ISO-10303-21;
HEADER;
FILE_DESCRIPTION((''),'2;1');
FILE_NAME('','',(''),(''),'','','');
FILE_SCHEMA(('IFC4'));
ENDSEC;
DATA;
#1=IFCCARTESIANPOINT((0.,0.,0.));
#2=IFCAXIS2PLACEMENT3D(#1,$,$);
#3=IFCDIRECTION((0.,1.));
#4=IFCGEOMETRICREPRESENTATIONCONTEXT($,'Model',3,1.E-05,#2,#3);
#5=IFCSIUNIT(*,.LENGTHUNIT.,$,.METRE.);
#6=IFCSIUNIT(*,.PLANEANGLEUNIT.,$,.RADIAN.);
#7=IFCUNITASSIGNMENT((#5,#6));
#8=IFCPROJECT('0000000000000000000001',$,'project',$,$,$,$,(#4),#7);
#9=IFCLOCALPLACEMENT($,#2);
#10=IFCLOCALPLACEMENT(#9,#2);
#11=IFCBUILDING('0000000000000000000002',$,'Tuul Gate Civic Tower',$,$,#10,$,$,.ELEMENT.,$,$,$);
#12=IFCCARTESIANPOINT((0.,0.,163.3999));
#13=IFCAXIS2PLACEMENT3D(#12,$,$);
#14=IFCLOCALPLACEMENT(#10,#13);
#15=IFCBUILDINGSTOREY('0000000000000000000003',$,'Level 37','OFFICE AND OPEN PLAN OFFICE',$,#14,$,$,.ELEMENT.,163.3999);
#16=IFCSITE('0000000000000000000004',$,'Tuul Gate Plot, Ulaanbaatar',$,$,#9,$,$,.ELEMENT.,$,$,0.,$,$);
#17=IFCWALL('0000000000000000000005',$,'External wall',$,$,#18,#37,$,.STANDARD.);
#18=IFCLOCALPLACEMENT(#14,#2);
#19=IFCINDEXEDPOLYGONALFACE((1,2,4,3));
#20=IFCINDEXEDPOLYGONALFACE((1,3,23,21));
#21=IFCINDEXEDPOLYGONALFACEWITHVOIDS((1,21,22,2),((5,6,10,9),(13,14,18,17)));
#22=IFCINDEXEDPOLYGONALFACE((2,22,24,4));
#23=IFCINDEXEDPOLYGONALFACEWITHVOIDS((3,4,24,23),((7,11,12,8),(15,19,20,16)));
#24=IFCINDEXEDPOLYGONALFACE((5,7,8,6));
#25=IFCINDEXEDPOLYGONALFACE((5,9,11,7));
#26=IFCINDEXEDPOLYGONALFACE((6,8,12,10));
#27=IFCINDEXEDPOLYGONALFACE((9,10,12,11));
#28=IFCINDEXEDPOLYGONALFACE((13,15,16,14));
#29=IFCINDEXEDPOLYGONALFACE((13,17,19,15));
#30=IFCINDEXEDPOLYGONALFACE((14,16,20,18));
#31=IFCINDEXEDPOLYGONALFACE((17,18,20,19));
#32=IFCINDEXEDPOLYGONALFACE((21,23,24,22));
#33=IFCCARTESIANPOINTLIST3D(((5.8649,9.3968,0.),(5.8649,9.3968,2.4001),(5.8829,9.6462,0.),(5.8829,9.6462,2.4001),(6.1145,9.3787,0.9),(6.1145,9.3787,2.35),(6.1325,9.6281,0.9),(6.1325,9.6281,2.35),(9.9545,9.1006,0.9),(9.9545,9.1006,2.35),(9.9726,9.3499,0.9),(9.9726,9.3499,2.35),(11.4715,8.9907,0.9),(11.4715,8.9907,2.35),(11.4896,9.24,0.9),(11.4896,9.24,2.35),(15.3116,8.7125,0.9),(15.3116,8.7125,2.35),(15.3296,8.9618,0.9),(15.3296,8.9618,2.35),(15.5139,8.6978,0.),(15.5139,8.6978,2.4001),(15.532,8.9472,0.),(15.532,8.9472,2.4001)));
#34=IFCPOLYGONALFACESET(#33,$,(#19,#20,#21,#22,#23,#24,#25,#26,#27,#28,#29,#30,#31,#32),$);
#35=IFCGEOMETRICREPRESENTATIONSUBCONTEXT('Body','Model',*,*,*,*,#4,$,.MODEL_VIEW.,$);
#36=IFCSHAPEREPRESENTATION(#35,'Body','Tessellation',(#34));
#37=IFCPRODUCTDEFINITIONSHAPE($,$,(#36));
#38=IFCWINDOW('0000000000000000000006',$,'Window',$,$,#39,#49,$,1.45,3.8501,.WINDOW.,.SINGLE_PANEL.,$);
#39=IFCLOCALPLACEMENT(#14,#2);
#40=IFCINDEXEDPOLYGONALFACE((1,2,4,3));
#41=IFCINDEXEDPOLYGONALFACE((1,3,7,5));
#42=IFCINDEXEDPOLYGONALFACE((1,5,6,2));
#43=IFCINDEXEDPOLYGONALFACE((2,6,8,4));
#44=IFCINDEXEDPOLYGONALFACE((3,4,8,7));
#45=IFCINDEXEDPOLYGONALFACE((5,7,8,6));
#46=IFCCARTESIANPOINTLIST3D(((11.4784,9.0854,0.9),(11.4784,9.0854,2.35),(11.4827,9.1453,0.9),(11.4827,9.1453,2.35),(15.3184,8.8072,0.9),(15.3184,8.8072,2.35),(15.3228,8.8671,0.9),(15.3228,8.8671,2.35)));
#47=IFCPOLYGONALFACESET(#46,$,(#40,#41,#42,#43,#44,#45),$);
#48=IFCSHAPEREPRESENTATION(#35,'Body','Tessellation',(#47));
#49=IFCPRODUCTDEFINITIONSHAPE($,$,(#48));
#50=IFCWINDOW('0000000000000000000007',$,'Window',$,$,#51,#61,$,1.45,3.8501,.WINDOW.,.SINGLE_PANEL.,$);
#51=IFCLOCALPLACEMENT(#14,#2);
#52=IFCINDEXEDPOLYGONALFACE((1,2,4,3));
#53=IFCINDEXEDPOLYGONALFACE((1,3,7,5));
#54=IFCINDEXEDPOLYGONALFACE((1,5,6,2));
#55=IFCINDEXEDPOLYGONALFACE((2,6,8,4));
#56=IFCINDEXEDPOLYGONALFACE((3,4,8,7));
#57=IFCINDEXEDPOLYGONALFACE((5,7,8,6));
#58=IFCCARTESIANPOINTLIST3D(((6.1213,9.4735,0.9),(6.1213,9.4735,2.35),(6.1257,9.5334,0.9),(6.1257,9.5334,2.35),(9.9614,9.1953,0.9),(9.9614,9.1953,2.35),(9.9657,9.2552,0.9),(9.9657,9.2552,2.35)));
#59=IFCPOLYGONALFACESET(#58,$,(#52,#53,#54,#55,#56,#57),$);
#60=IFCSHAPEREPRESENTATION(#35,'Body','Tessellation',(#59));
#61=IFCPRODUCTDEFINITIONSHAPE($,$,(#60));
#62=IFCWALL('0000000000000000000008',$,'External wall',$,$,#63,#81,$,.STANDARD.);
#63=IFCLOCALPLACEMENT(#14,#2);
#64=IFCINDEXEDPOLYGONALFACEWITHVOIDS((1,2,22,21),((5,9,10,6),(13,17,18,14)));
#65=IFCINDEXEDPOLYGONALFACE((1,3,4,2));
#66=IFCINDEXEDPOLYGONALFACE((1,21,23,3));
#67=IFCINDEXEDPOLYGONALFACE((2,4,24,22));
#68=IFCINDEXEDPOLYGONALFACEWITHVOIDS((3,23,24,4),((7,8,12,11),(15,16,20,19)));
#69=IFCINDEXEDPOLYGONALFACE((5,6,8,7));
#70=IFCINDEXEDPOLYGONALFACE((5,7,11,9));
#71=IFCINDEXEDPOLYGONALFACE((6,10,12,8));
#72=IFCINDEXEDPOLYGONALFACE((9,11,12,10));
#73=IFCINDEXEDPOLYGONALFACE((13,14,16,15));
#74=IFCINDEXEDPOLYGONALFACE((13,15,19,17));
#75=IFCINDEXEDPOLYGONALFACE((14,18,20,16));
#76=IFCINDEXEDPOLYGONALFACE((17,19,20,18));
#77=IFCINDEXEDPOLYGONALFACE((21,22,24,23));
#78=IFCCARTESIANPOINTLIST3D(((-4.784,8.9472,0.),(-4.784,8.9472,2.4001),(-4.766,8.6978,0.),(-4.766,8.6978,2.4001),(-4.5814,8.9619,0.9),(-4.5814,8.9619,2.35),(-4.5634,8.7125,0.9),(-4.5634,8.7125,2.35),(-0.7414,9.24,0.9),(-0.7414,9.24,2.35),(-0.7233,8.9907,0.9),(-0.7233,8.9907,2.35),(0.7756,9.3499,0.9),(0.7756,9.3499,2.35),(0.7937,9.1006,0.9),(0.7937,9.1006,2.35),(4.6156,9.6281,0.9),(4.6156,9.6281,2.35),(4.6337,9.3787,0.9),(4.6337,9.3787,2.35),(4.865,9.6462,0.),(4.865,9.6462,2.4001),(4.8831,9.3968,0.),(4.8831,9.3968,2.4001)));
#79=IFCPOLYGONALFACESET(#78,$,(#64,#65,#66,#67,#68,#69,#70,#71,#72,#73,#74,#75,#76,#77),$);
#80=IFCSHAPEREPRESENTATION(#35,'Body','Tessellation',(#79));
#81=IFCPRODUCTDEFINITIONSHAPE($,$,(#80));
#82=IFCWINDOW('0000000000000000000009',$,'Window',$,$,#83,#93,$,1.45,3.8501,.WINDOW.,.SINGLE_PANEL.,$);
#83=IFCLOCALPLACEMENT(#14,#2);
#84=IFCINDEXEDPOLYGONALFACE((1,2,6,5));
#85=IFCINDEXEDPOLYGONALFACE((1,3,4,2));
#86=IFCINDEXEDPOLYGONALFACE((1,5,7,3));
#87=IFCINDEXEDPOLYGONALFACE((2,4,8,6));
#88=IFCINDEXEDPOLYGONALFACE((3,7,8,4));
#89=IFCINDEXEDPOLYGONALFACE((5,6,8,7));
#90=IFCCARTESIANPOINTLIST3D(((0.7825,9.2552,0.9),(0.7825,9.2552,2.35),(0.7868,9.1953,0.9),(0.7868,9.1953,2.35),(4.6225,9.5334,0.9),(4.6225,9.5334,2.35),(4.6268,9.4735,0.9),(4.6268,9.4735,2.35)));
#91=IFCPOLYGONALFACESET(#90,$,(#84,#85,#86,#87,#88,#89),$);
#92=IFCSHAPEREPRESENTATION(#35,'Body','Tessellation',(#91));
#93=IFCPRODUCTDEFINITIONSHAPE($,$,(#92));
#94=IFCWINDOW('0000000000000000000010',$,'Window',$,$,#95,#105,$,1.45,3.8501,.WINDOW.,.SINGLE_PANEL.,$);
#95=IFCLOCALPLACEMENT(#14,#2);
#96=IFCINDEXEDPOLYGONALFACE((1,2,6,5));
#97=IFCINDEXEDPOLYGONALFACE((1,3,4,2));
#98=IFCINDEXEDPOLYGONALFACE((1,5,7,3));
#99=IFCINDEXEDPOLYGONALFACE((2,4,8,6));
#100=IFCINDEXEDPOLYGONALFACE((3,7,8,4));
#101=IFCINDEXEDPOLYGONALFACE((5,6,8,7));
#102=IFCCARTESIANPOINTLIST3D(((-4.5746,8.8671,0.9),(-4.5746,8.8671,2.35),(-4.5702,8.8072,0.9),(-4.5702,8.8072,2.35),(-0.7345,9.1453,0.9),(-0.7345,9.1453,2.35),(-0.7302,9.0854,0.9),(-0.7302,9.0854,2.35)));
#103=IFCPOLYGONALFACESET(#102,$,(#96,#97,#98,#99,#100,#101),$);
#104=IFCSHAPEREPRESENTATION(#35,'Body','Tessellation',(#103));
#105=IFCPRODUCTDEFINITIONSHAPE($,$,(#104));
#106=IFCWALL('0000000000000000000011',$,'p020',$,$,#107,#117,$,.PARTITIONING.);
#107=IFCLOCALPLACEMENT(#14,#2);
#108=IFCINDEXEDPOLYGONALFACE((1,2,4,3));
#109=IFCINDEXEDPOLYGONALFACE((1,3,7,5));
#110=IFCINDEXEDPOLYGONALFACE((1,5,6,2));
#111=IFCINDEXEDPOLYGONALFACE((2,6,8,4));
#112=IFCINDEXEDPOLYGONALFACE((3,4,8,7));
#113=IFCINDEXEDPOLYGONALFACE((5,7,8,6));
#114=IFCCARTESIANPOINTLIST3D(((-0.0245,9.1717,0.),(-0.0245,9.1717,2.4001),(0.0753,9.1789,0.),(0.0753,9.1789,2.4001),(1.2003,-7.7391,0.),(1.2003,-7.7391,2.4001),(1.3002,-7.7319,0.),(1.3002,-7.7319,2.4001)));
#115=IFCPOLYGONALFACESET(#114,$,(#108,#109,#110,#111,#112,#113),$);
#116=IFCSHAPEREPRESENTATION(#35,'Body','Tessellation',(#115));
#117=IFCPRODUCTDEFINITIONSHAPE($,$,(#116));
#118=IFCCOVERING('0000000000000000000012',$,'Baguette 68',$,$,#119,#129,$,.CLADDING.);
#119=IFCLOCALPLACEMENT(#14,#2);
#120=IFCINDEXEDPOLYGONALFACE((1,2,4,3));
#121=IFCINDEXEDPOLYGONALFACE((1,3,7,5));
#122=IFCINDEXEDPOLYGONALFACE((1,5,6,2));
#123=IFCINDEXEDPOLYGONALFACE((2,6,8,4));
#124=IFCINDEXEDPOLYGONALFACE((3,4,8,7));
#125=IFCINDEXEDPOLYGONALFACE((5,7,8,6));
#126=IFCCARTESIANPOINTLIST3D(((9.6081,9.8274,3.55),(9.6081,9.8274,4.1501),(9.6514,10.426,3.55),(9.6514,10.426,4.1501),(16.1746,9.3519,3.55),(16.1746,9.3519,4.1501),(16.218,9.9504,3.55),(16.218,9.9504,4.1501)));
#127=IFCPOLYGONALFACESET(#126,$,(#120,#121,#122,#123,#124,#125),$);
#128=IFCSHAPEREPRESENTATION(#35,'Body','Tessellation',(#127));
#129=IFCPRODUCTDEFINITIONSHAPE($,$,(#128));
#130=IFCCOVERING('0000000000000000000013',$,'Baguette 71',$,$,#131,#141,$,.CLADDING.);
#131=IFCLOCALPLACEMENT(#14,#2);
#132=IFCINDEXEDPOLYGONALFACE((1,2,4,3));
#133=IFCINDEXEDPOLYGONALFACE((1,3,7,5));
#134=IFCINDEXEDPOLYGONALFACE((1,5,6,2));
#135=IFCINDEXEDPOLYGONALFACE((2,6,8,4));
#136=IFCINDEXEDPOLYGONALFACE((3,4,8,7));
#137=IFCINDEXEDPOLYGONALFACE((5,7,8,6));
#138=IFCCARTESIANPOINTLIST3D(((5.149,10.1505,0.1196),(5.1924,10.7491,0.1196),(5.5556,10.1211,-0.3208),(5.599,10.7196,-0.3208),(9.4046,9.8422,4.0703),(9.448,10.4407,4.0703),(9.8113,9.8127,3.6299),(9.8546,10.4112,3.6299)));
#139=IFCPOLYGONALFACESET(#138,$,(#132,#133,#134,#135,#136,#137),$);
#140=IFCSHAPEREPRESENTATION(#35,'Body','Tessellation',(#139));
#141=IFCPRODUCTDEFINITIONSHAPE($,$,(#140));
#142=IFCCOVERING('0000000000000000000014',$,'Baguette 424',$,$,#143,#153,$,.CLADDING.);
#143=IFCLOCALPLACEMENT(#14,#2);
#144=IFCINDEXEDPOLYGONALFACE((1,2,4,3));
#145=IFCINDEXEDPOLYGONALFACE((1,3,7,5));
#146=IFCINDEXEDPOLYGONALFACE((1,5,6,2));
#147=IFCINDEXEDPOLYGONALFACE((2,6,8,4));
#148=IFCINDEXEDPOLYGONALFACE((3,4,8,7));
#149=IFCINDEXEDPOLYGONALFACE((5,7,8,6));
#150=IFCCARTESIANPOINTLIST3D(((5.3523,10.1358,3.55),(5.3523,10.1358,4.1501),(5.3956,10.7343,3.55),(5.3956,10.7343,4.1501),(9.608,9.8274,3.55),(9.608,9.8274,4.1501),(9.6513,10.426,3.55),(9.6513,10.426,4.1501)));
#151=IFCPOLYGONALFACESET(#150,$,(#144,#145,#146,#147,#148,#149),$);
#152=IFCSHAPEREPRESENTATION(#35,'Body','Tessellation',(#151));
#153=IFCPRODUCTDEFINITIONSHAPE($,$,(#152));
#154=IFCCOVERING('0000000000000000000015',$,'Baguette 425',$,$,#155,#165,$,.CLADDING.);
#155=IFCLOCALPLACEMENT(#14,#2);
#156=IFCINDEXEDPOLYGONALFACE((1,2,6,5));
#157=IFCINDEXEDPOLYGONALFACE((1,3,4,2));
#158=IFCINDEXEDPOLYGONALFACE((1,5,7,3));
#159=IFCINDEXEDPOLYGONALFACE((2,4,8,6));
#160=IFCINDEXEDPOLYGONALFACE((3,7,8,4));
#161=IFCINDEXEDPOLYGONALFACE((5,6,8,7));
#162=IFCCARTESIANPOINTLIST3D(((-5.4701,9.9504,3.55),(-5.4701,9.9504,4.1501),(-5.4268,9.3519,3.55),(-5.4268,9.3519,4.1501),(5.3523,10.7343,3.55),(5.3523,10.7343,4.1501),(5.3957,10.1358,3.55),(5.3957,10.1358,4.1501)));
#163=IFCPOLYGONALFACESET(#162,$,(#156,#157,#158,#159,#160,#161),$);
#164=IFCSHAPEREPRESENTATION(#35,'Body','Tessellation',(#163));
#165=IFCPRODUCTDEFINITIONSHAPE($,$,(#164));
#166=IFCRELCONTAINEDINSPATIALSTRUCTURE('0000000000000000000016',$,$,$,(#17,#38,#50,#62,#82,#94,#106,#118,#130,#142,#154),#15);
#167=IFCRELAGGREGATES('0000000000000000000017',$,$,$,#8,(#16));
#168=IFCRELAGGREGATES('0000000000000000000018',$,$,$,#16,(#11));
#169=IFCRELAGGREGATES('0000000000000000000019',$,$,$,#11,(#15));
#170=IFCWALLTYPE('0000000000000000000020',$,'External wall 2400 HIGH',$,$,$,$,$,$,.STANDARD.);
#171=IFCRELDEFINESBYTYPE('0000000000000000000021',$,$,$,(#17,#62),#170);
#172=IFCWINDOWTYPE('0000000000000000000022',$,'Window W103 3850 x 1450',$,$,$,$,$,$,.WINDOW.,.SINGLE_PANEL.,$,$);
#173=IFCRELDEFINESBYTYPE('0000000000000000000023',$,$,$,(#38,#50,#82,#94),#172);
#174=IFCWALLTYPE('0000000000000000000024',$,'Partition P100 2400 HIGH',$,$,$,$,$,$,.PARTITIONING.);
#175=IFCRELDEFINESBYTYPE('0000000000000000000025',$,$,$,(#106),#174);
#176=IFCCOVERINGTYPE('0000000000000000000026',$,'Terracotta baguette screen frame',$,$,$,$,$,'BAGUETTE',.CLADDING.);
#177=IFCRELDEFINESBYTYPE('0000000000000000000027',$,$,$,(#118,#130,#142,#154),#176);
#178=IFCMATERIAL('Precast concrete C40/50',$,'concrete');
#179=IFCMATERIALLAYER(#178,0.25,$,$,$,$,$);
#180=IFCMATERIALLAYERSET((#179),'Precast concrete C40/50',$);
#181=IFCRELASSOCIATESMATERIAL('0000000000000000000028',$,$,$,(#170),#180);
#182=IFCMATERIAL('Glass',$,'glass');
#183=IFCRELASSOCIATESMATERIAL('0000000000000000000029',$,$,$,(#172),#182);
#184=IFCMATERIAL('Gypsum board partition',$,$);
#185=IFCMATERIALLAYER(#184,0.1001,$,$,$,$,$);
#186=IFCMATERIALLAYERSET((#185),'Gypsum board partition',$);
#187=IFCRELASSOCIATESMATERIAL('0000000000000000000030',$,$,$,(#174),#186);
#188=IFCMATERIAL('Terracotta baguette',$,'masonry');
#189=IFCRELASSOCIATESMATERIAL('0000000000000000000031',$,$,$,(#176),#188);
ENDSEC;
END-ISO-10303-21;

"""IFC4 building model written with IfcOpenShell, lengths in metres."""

from ifc_helpers import new_model, si_unit, direction, frame, frame_2d, origin, origin_2d, place, context, subcontext, project, spatial, rectangle, extrude, material, layer, layer_set, material_profile, profile_set, type_object, element, fill, save


model = new_model("IFC4")

# Units and contexts
model_context = context("Model", 3, precision=1e-05, world=origin(), true_north=direction((0.0, 1.0)))
body_context = subcontext(model_context, "Body", "Model", "MODEL_VIEW")
ifc_project = project(units=[si_unit("LENGTHUNIT", "METRE"), si_unit("PLANEANGLEUNIT", "RADIAN")], contexts=[model_context])

# Site, building, storey
site_placement = place(None, origin())
site = spatial("IfcSite", under=ifc_project, at=site_placement, Name="Tuul Gate Plot, Ulaanbaatar", CompositionType="ELEMENT", RefElevation=0.0)
building_placement = place(site_placement, origin())
building = spatial("IfcBuilding", under=site, at=building_placement, Name="Tuul Gate Civic Tower", CompositionType="ELEMENT")
storey_placement = place(building_placement, frame((0.0, 0.0, 163.3999)))
storey = spatial("IfcBuildingStorey", under=building, at=storey_placement, Name="Level 37", Description="OFFICE AND OPEN PLAN OFFICE", CompositionType="ELEMENT", Elevation=163.3999)

# Walls, openings, windows
ifc_material_1 = material(Name="Precast concrete C40/50", Category="concrete")
ifc_layer_1 = layer(ifc_material_1, 0.25)
ifc_layer_set_1 = layer_set([ifc_layer_1], Name="Precast concrete C40/50")
wall_type_1 = type_object("IfcWallType", Name="External wall 2400 HIGH", PredefinedType="STANDARD", material=ifc_layer_set_1)
wall_1_placement = place(storey_placement, frame((15.5229, 8.8225, 0.0), z_axis=(0.0, 0.0, 1.0), x_axis=(-0.997386, 0.072251, 0.0)))
wall_1 = element("IfcWall", 1, at=wall_1_placement, inside=storey, type_object=wall_type_1, Name="External wall", PredefinedType="STANDARD", context=body_context, shape_type="SweptSolid", body=[
    extrude(rectangle(XDim=9.6743, YDim=0.25, at=frame_2d((4.8372, 0.0))), origin(), (0.0, 0.0, 1.0), 2.4001),
])
opening_1_placement = place(wall_1_placement, frame((0.2029, 0.0, 0.8999)))
opening_1 = element("IfcOpeningElement", 2, at=opening_1_placement, cuts=wall_1, PredefinedType="OPENING", context=body_context, shape_type="SweptSolid", body=[
    extrude(rectangle(XDim=3.8501, YDim=1.45, at=frame_2d((1.925, 0.7251))), frame((0.0, 0.135, 0.0), z_axis=(0.0, -1.0, 0.0), x_axis=(1.0, 0.0, 0.0)), (0.0, 0.0, 1.0), 0.27),
])
opening_2_placement = place(wall_1_placement, frame((5.574, 0.0, 0.8999)))
opening_2 = element("IfcOpeningElement", 3, at=opening_2_placement, cuts=wall_1, PredefinedType="OPENING", context=body_context, shape_type="SweptSolid", body=[
    extrude(rectangle(XDim=3.8501, YDim=1.45, at=frame_2d((1.925, 0.7251))), frame((0.0, 0.135, 0.0), z_axis=(0.0, -1.0, 0.0), x_axis=(1.0, 0.0, 0.0)), (0.0, 0.0, 1.0), 0.27),
])
ifc_material_2 = material(Name="Glass", Category="glass")
window_type = type_object("IfcWindowType", Name="Window W103 3850 x 1450", PartitioningType="SINGLE_PANEL", PredefinedType="WINDOW", material=ifc_material_2)
window_1_placement = place(opening_1_placement, origin())
window_1 = element("IfcWindow", 4, at=window_1_placement, inside=storey, type_object=window_type, Name="Window", OverallHeight=1.45, OverallWidth=3.8501, PartitioningType="SINGLE_PANEL", PredefinedType="WINDOW", context=body_context, shape_type="SweptSolid", body=[
    extrude(rectangle(XDim=3.8501, YDim=1.45, at=frame_2d((1.925, 0.7251))), frame((0.0, 0.03, 0.0), z_axis=(0.0, -1.0, 0.0), x_axis=(1.0, 0.0, 0.0)), (0.0, 0.0, 1.0), 0.0601),
])
fill(opening_1, window_1)
window_2_placement = place(opening_2_placement, origin())
window_2 = element("IfcWindow", 5, at=window_2_placement, inside=storey, type_object=window_type, Name="Window", OverallHeight=1.45, OverallWidth=3.8501, PartitioningType="SINGLE_PANEL", PredefinedType="WINDOW", context=body_context, shape_type="SweptSolid", body=[
    extrude(rectangle(XDim=3.8501, YDim=1.45, at=frame_2d((1.925, 0.7251))), frame((0.0, 0.03, 0.0), z_axis=(0.0, -1.0, 0.0), x_axis=(1.0, 0.0, 0.0)), (0.0, 0.0, 1.0), 0.0601),
])
fill(opening_2, window_2)
wall_2_placement = place(storey_placement, frame((4.874, 9.5215, 0.0), z_axis=(0.0, 0.0, 1.0), x_axis=(-0.997386, -0.072251, 0.0)))
wall_2 = element("IfcWall", 6, at=wall_2_placement, inside=storey, type_object=wall_type_1, Name="External wall", PredefinedType="STANDARD", context=body_context, shape_type="SweptSolid", body=[
    extrude(rectangle(XDim=9.6743, YDim=0.25, at=frame_2d((4.8372, 0.0))), origin(), (0.0, 0.0, 1.0), 2.4001),
])
opening_3_placement = place(wall_2_placement, frame((0.25, 0.0, 0.8999)))
opening_3 = element("IfcOpeningElement", 7, at=opening_3_placement, cuts=wall_2, PredefinedType="OPENING", context=body_context, shape_type="SweptSolid", body=[
    extrude(rectangle(XDim=3.8501, YDim=1.45, at=frame_2d((1.925, 0.7251))), frame((0.0, 0.135, 0.0), z_axis=(0.0, -1.0, 0.0), x_axis=(1.0, 0.0, 0.0)), (0.0, 0.0, 1.0), 0.27),
])
opening_4_placement = place(wall_2_placement, frame((5.6211, 0.0, 0.8999)))
opening_4 = element("IfcOpeningElement", 8, at=opening_4_placement, cuts=wall_2, PredefinedType="OPENING", context=body_context, shape_type="SweptSolid", body=[
    extrude(rectangle(XDim=3.8501, YDim=1.45, at=frame_2d((1.925, 0.7251))), frame((0.0, 0.135, 0.0), z_axis=(0.0, -1.0, 0.0), x_axis=(1.0, 0.0, 0.0)), (0.0, 0.0, 1.0), 0.27),
])
window_3_placement = place(opening_3_placement, origin())
window_3 = element("IfcWindow", 9, at=window_3_placement, inside=storey, type_object=window_type, Name="Window", OverallHeight=1.45, OverallWidth=3.8501, PartitioningType="SINGLE_PANEL", PredefinedType="WINDOW", context=body_context, shape_type="SweptSolid", body=[
    extrude(rectangle(XDim=3.8501, YDim=1.45, at=frame_2d((1.925, 0.7251))), frame((0.0, 0.03, 0.0), z_axis=(0.0, -1.0, 0.0), x_axis=(1.0, 0.0, 0.0)), (0.0, 0.0, 1.0), 0.0601),
])
fill(opening_3, window_3)
window_4_placement = place(opening_4_placement, origin())
window_4 = element("IfcWindow", 10, at=window_4_placement, inside=storey, type_object=window_type, Name="Window", OverallHeight=1.45, OverallWidth=3.8501, PartitioningType="SINGLE_PANEL", PredefinedType="WINDOW", context=body_context, shape_type="SweptSolid", body=[
    extrude(rectangle(XDim=3.8501, YDim=1.45, at=frame_2d((1.925, 0.7251))), frame((0.0, 0.03, 0.0), z_axis=(0.0, -1.0, 0.0), x_axis=(1.0, 0.0, 0.0)), (0.0, 0.0, 1.0), 0.0601),
])
fill(opening_4, window_4)

# Wall
ifc_material_3 = material(Name="Gypsum board partition")
ifc_layer_2 = layer(ifc_material_3, 0.1001)
ifc_layer_set_2 = layer_set([ifc_layer_2], Name="Gypsum board partition")
wall_type_2 = type_object("IfcWallType", Name="Partition P100 2400 HIGH", PredefinedType="PARTITIONING", material=ifc_layer_set_2)
wall_3_placement = place(storey_placement, frame((0.0254, 9.1753, 0.0), z_axis=(0.0, 0.0, 1.0), x_axis=(0.072241, -0.997387, 0.0)))
element("IfcWall", 11, at=wall_3_placement, inside=storey, type_object=wall_type_2, Name="p020", PredefinedType="PARTITIONING", context=body_context, shape_type="SweptSolid", body=[
    extrude(rectangle(XDim=16.9551, YDim=0.1001, at=frame_2d((8.4775, 0.0))), origin(), (0.0, 0.0, 1.0), 2.4001),
])

# Coverings
ifc_material_4 = material(Name="Terracotta baguette", Category="masonry")
ifc_material_profile_1 = material_profile(ifc_material_4, rectangle(XDim=0.6001, YDim=0.6001, at=origin_2d()), Name="Terracotta baguette screen frame")
ifc_profile_set_1 = profile_set([ifc_material_profile_1], Name="Terracotta baguette")
covering_type = type_object("IfcCoveringType", Name="Terracotta baguette screen frame", ElementType="BAGUETTE", PredefinedType="CLADDING", material=ifc_profile_set_1)
covering_1_placement = place(storey_placement, frame((16.1963, 9.6511, 3.8501), z_axis=(-0.997388, 0.072235, 0.0), x_axis=(-0.072235, -0.997388, 0.0)))
element("IfcCovering", 12, at=covering_1_placement, inside=storey, type_object=covering_type, Name="Baguette 68", PredefinedType="CLADDING", context=body_context, shape_type="SweptSolid", body=[
    extrude(rectangle(XDim=0.6001, YDim=0.6001, at=origin_2d()), origin(), (0.0, 0.0, 1.0), 6.5837),
])
covering_2_placement = place(storey_placement, frame((9.6296, 10.1267, 3.8501), z_axis=(-0.731845, 0.053027, -0.679405), x_axis=(-0.072268, -0.997385, 0.0)))
element("IfcCovering", 13, at=covering_2_placement, inside=storey, type_object=covering_type, Name="Baguette 71", PredefinedType="CLADDING", context=body_context, shape_type="SweptSolid", body=[
    extrude(rectangle(XDim=0.6001, YDim=0.6001, at=origin_2d()), origin(), (0.0, 0.0, 1.0), 5.8149),
])
covering_3_placement = place(storey_placement, frame((9.6296, 10.1267, 3.8501), z_axis=(-0.997385, 0.072268, 0.0), x_axis=(-0.072268, -0.997385, 0.0)))
element("IfcCovering", 14, at=covering_3_placement, inside=storey, type_object=covering_type, Name="Baguette 424", PredefinedType="CLADDING", context=body_context, shape_type="SweptSolid", body=[
    extrude(rectangle(XDim=0.6001, YDim=0.6001, at=origin_2d()), origin(), (0.0, 0.0, 1.0), 4.2668),
])
covering_4_placement = place(storey_placement, frame((5.374, 10.4351, 3.8501), z_axis=(-0.997387, -0.072246, 0.0), x_axis=(0.072246, -0.997387, 0.0)))
element("IfcCovering", 15, at=covering_4_placement, inside=storey, type_object=covering_type, Name="Baguette 425", PredefinedType="CLADDING", context=body_context, shape_type="SweptSolid", body=[
    extrude(rectangle(XDim=0.6001, YDim=0.6001, at=origin_2d()), origin(), (0.0, 0.0, 1.0), 10.8508),
])

save(model, "model.ifc")
